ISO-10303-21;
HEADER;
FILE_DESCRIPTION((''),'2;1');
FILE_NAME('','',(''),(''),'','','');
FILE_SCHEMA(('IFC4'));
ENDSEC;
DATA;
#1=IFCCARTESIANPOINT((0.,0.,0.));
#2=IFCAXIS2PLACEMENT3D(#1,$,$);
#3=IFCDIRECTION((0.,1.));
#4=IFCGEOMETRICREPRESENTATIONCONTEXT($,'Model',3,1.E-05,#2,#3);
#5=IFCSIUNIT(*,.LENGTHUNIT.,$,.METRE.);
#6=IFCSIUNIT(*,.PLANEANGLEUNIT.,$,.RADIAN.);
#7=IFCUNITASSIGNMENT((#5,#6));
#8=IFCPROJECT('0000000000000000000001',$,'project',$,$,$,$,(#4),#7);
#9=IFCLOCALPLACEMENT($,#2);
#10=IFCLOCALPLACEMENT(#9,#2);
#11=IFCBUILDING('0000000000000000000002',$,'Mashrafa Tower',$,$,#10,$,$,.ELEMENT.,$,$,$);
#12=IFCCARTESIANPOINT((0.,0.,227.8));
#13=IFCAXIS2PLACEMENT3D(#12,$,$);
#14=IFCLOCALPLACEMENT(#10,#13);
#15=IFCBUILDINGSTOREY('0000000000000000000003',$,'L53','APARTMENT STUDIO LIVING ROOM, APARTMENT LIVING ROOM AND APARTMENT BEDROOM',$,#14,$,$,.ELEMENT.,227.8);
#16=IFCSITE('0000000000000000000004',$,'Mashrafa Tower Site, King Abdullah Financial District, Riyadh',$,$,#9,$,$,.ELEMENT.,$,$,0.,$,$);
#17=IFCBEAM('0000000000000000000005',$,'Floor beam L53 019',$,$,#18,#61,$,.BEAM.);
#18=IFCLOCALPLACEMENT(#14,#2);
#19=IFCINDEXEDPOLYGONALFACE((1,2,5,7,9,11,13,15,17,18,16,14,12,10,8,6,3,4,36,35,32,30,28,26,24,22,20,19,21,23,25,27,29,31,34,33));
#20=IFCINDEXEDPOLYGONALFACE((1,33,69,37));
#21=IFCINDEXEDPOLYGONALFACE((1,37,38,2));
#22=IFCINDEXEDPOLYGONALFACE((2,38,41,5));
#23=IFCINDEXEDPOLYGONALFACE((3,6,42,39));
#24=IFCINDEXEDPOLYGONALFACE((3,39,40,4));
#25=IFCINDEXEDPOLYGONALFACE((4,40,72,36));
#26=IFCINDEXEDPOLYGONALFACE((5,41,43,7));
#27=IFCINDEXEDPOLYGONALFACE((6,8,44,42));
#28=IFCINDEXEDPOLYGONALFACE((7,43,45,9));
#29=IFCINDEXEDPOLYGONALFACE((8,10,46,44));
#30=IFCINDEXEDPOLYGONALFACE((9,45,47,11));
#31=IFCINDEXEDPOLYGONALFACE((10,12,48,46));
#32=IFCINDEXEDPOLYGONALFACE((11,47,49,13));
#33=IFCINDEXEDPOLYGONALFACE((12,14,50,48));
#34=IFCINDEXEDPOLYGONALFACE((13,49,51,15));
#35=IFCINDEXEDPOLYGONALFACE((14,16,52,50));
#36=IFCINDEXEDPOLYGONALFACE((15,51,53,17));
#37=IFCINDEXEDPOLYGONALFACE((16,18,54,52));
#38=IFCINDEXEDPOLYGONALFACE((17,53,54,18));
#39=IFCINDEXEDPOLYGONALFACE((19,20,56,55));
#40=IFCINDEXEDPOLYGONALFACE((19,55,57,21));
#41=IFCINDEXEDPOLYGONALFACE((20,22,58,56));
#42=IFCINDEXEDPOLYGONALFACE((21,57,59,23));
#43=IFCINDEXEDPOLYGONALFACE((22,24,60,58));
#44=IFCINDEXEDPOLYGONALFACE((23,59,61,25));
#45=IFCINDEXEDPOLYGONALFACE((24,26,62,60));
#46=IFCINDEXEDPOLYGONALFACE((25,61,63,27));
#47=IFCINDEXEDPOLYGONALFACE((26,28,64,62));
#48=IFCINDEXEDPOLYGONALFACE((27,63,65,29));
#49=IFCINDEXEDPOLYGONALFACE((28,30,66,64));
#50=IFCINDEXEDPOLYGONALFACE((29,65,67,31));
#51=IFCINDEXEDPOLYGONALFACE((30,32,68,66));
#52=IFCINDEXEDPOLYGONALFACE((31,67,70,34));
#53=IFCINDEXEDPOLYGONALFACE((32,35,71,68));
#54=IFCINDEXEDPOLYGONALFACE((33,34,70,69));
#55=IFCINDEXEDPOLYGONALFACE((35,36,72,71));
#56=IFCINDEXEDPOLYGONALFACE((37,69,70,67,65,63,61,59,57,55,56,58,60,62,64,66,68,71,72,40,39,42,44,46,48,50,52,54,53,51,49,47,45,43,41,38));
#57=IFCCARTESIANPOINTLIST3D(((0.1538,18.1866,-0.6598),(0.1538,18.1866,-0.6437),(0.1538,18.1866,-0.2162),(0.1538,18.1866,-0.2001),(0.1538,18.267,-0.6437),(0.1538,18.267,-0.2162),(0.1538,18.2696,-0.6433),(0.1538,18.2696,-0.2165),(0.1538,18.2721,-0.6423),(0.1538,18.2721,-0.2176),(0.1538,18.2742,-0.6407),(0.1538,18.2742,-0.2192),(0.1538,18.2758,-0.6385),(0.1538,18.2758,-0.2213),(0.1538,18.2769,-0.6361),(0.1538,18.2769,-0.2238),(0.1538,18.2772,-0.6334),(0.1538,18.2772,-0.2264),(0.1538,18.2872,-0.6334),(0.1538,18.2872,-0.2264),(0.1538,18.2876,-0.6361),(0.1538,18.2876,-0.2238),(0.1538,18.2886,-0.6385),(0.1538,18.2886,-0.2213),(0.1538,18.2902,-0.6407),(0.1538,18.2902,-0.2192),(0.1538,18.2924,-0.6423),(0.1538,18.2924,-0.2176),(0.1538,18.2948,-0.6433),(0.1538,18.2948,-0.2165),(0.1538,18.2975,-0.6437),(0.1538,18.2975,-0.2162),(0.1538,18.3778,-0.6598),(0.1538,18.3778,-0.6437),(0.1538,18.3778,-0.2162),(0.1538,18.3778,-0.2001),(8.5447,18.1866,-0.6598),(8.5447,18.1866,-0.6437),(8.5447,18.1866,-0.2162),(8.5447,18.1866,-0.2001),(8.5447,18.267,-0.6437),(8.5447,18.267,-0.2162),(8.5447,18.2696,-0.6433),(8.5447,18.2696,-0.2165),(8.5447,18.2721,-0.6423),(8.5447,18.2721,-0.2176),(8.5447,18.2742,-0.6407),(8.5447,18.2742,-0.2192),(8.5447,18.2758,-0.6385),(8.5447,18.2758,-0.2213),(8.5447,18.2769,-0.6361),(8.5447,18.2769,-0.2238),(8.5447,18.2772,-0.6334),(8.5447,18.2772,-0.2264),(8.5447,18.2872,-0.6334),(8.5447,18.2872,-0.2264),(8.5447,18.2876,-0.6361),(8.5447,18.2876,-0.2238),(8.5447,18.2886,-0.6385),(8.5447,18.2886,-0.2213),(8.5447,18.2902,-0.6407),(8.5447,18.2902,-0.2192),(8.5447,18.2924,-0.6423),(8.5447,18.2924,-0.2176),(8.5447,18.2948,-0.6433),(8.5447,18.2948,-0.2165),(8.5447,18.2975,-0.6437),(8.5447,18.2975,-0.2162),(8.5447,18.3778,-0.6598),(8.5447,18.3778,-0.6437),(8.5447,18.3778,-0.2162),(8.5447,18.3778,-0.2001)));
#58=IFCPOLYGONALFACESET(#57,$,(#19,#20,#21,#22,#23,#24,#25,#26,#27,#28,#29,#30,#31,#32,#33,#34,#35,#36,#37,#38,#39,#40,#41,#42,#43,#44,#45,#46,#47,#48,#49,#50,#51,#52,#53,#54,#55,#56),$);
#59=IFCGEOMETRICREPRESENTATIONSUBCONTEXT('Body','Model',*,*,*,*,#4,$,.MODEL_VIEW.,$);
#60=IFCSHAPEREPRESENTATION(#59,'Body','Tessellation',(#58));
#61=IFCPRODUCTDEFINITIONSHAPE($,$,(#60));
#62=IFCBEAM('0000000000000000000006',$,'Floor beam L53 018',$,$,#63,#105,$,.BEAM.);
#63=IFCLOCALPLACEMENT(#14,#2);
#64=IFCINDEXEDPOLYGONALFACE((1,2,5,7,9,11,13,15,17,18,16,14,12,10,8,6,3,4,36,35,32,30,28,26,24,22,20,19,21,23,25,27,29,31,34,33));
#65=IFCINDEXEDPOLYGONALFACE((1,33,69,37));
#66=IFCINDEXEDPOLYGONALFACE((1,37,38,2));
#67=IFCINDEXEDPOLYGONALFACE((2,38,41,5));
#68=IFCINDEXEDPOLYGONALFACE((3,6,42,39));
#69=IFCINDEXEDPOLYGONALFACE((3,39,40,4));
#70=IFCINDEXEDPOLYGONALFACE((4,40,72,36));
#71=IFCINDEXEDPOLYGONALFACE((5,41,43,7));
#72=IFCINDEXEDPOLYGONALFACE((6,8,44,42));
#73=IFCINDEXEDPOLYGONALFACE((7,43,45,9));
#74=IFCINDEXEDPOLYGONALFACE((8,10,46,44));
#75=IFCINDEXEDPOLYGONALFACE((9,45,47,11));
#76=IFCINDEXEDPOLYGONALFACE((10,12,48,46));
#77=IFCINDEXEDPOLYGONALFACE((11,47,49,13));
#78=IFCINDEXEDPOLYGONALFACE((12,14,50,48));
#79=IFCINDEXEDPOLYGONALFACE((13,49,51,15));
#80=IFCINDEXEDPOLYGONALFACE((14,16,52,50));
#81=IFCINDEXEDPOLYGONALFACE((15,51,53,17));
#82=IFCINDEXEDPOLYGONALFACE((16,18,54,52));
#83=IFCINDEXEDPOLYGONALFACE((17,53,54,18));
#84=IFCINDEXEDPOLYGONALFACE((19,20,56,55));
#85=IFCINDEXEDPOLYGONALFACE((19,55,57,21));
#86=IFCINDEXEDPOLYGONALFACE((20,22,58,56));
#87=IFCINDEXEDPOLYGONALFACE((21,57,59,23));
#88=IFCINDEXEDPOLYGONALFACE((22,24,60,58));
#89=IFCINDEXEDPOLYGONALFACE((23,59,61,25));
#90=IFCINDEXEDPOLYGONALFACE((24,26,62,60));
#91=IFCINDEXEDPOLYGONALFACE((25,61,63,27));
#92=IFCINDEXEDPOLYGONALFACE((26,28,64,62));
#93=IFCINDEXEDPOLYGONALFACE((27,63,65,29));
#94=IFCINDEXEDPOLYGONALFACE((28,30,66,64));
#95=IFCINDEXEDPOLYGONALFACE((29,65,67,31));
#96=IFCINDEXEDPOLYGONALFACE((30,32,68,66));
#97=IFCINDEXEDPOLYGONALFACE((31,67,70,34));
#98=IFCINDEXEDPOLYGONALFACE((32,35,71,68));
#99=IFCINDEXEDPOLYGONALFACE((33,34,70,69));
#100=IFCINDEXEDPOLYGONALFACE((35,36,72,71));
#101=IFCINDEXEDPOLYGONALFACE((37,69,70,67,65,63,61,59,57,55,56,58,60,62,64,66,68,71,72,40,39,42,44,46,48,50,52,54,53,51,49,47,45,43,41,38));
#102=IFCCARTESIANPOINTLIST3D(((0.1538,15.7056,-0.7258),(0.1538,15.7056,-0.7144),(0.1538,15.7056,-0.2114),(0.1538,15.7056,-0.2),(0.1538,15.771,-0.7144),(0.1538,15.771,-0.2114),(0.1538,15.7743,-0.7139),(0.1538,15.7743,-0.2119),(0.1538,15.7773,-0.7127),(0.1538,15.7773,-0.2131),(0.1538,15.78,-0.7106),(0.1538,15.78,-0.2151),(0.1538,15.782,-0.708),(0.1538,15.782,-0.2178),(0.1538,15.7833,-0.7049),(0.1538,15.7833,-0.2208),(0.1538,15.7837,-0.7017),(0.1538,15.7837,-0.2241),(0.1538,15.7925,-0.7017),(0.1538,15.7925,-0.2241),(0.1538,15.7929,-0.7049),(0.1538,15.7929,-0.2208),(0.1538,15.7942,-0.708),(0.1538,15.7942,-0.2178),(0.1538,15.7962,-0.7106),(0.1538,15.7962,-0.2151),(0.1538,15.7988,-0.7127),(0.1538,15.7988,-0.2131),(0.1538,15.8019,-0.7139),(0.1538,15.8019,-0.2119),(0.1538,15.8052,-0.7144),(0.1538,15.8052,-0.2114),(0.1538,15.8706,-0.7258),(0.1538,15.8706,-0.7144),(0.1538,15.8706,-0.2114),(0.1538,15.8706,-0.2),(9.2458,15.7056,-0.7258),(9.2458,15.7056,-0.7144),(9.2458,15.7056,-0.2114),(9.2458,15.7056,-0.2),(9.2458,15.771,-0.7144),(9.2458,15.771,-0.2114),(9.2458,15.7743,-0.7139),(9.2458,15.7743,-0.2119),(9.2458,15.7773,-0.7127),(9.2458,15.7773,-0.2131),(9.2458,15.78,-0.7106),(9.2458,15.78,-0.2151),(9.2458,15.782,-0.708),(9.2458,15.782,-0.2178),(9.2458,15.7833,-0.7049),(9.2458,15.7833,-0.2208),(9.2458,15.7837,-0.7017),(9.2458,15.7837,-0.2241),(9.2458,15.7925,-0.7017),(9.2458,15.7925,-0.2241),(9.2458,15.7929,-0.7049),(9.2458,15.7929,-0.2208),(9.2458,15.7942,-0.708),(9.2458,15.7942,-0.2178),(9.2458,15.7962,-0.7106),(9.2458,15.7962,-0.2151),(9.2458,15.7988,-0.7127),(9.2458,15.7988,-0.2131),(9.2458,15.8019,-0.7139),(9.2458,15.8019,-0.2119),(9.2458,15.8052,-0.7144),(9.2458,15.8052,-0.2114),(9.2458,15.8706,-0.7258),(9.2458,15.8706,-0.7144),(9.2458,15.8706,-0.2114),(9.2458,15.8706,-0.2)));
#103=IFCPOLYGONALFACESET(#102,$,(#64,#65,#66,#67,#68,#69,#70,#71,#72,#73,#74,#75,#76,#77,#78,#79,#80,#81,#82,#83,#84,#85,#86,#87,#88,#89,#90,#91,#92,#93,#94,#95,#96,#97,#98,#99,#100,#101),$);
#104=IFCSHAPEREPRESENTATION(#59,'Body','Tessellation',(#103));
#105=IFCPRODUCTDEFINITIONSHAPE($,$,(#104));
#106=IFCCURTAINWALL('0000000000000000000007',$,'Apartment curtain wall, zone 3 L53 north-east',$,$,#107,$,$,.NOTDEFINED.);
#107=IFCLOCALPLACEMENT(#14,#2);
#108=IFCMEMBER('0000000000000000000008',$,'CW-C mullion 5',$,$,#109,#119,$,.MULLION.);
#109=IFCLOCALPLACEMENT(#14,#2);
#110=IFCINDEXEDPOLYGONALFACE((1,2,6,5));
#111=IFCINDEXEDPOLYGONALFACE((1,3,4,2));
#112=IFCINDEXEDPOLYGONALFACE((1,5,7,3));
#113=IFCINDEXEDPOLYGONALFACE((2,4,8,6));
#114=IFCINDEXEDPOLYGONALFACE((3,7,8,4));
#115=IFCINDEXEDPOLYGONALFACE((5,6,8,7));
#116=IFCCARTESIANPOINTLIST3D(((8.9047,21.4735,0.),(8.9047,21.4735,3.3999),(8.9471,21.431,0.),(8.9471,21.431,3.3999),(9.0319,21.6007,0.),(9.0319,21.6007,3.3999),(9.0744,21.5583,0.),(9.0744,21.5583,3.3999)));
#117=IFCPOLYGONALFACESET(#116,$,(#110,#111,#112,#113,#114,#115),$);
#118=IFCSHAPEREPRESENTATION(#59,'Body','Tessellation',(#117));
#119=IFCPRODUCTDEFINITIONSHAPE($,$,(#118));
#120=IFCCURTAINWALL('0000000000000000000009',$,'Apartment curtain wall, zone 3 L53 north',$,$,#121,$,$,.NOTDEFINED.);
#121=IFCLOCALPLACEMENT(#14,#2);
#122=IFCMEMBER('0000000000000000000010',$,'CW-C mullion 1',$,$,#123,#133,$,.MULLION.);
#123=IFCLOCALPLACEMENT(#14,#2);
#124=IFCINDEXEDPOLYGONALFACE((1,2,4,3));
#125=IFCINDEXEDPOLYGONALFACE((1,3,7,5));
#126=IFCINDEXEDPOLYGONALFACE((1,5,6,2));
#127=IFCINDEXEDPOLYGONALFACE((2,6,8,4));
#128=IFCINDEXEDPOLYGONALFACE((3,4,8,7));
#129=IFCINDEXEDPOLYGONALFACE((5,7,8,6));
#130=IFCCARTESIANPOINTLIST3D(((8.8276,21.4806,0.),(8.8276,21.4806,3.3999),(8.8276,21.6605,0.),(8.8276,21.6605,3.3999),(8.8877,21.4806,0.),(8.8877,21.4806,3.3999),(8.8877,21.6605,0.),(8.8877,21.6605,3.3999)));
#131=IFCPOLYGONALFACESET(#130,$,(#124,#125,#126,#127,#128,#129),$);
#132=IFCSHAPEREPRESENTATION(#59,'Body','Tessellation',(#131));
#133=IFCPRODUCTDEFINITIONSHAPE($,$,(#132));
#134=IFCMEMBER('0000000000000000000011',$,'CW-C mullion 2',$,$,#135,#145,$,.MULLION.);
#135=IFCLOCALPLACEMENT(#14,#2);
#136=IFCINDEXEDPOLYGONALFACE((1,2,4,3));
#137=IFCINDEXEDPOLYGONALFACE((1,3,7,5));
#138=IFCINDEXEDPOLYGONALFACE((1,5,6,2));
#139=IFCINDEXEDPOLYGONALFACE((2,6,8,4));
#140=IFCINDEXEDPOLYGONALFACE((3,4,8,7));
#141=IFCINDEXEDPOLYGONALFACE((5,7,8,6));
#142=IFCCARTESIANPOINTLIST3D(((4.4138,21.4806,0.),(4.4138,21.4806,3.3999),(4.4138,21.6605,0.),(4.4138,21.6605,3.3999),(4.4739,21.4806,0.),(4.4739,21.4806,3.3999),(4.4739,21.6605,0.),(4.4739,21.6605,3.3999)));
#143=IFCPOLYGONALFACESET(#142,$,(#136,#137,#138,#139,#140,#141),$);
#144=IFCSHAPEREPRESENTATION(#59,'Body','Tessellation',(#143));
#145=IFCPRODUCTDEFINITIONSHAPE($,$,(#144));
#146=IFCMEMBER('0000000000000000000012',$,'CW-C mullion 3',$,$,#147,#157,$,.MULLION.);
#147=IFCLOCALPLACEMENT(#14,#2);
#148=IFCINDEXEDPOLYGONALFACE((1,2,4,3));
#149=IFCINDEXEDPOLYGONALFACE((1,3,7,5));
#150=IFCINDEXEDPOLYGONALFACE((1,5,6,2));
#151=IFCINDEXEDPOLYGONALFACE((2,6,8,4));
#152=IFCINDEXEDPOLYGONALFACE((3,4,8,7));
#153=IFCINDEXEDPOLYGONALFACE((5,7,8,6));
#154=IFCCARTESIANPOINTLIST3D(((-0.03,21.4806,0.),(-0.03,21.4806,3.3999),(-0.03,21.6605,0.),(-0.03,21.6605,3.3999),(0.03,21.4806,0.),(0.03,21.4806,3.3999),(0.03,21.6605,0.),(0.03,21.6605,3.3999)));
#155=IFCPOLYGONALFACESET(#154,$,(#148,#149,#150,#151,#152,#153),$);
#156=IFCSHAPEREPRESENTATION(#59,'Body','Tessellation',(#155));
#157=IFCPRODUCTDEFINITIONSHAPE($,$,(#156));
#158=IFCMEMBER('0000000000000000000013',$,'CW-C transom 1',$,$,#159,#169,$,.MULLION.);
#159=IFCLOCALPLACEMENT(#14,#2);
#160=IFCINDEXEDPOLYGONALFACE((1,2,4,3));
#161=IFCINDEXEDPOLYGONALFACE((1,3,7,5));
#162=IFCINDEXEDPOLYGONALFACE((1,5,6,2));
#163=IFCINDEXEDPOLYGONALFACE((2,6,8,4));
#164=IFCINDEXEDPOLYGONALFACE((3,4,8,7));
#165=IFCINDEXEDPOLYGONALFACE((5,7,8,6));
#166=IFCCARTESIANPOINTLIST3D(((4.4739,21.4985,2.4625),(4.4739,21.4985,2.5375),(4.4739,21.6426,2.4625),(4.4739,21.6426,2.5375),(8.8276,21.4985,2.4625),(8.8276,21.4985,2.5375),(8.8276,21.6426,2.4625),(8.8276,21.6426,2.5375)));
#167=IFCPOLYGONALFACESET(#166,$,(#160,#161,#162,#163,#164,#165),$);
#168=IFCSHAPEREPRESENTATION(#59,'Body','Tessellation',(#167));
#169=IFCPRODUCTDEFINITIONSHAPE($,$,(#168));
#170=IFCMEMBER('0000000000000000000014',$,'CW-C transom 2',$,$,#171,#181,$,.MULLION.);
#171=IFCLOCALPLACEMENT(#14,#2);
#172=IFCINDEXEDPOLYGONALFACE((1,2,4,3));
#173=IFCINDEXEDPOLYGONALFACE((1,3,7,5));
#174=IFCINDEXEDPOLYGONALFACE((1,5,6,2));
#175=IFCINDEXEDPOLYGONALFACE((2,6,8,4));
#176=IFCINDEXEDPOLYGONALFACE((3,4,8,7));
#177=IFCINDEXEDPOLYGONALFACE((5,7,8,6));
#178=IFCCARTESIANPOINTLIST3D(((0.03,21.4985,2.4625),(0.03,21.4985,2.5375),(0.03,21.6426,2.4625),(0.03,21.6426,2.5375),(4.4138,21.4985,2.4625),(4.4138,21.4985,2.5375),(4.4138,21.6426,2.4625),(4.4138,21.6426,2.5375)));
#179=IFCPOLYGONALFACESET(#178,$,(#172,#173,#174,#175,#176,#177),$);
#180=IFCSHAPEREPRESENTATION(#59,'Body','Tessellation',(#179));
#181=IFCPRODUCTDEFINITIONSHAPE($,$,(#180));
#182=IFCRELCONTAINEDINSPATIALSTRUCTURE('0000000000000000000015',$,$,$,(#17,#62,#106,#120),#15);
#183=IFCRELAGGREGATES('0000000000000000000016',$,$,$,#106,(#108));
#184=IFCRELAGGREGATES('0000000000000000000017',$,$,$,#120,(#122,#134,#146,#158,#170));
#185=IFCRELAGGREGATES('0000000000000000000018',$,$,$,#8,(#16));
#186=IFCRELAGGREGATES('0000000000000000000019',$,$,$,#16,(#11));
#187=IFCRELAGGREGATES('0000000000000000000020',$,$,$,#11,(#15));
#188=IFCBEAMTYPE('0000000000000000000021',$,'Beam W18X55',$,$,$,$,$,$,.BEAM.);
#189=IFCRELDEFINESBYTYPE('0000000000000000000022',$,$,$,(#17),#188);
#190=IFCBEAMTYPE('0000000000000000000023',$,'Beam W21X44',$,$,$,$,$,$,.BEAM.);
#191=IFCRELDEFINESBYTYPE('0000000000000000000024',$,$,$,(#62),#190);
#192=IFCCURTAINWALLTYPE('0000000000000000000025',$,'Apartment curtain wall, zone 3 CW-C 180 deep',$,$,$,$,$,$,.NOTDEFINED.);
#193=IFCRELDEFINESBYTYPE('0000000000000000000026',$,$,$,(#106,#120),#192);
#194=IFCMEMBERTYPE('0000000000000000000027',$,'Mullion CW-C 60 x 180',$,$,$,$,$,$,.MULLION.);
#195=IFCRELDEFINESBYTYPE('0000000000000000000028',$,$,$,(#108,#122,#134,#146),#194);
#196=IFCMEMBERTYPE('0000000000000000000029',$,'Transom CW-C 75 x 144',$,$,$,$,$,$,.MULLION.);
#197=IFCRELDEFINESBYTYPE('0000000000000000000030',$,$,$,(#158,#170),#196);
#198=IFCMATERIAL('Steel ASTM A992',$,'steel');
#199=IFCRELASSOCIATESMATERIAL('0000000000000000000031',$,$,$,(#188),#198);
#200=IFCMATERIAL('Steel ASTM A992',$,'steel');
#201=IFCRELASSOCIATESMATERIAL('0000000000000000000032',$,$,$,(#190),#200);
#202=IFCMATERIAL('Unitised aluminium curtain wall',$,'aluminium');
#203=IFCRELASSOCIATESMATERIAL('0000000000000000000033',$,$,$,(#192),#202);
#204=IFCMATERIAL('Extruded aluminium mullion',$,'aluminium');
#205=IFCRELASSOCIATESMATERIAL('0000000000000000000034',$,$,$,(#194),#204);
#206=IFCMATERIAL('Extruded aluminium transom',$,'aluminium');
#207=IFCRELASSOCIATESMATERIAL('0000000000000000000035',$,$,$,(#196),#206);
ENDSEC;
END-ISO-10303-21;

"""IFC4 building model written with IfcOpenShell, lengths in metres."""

from ifc_helpers import new_model, si_unit, direction, frame, origin, origin_2d, place, context, subcontext, project, spatial, rectangle, i_section, extrude, source, transform, mapped, material, material_profile, profile_set, type_object, type_shapes, element, aggregate, save


model = new_model("IFC4")

# Units and contexts
model_context = context("Model", 3, precision=1e-05, world=origin(), true_north=direction((0.0, 1.0)))
body_context = subcontext(model_context, "Body", "Model", "MODEL_VIEW")
ifc_project = project(units=[si_unit("LENGTHUNIT", "METRE"), si_unit("PLANEANGLEUNIT", "RADIAN")], contexts=[model_context])

# Site, building, storey
site_placement = place(None, origin())
site = spatial("IfcSite", under=ifc_project, at=site_placement, Name="Mashrafa Tower Site, King Abdullah Financial District, Riyadh", CompositionType="ELEMENT", RefElevation=0.0)
building_placement = place(site_placement, origin())
building = spatial("IfcBuilding", under=site, at=building_placement, Name="Mashrafa Tower", CompositionType="ELEMENT")
storey_placement = place(building_placement, frame((0.0, 0.0, 227.8)))
storey = spatial("IfcBuildingStorey", under=building, at=storey_placement, Name="L53", Description="APARTMENT STUDIO LIVING ROOM, APARTMENT LIVING ROOM AND APARTMENT BEDROOM", CompositionType="ELEMENT", Elevation=227.8)

# Beams
ifc_material_1 = material(Name="Steel ASTM A992", Category="steel")
ifc_material_profile_1 = material_profile(ifc_material_1, i_section(OverallWidth=0.1912, OverallDepth=0.4597, WebThickness=0.01, FlangeThickness=0.0161, FilletRadius=0.0103, at=origin_2d()), Name="W18X55")
ifc_profile_set_1 = profile_set([ifc_material_profile_1], Name="Steel ASTM A992")
beam_type_1 = type_object("IfcBeamType", Name="Beam W18X55", PredefinedType="BEAM", material=ifc_profile_set_1)
beam_1_placement = place(storey_placement, frame((0.1538, 18.2822, -0.4299), z_axis=(1.0, 0.0, 0.0), x_axis=(0.0, 1.0, 0.0)))
element("IfcBeam", 1, at=beam_1_placement, inside=storey, type_object=beam_type_1, Name="Floor beam L53 019", PredefinedType="BEAM", context=body_context, shape_type="SweptSolid", body=[
    extrude(i_section(OverallWidth=0.1912, OverallDepth=0.4597, WebThickness=0.01, FlangeThickness=0.0161, FilletRadius=0.0103, at=origin_2d()), origin(), (0.0, 0.0, 1.0), 8.3909),
])
ifc_material_2 = material(Name="Steel ASTM A992", Category="steel")
ifc_material_profile_2 = material_profile(ifc_material_2, i_section(OverallWidth=0.165, OverallDepth=0.5259, WebThickness=0.0088, FlangeThickness=0.0115, FilletRadius=0.0127, at=origin_2d()), Name="W21X44")
ifc_profile_set_2 = profile_set([ifc_material_profile_2], Name="Steel ASTM A992")
beam_type_2 = type_object("IfcBeamType", Name="Beam W21X44", PredefinedType="BEAM", material=ifc_profile_set_2)
beam_2_placement = place(storey_placement, frame((0.1538, 15.7881, -0.4629), z_axis=(1.0, 0.0, 0.0), x_axis=(0.0, 1.0, 0.0)))
element("IfcBeam", 2, at=beam_2_placement, inside=storey, type_object=beam_type_2, Name="Floor beam L53 018", PredefinedType="BEAM", context=body_context, shape_type="SweptSolid", body=[
    extrude(i_section(OverallWidth=0.165, OverallDepth=0.5259, WebThickness=0.0088, FlangeThickness=0.0115, FilletRadius=0.0127, at=origin_2d()), origin(), (0.0, 0.0, 1.0), 9.092),
])

# Curtain wall, member
ifc_material_3 = material(Name="Unitised aluminium curtain wall", Category="aluminium")
curtain_wall_type = type_object("IfcCurtainWallType", Name="Apartment curtain wall, zone 3 CW-C 180 deep", PredefinedType="NOTDEFINED", material=ifc_material_3)
curtain_wall_1_placement = place(storey_placement, origin())
curtain_wall_1 = element("IfcCurtainWall", 3, at=curtain_wall_1_placement, inside=storey, type_object=curtain_wall_type, Name="Apartment curtain wall, zone 3 L53 north-east", PredefinedType="NOTDEFINED")
ifc_material_4 = material(Name="Extruded aluminium mullion", Category="aluminium")
ifc_material_profile_3 = material_profile(ifc_material_4, rectangle(XDim=0.1799, YDim=0.0601, at=origin_2d()), Name="Mullion 60x180")
ifc_profile_set_3 = profile_set([ifc_material_profile_3], Name="Extruded aluminium mullion")
member_type_1 = type_object("IfcMemberType", Name="Mullion CW-C 60 x 180", PredefinedType="MULLION", material=ifc_profile_set_3)
shared_shape_1 = source(origin(), body_context, "Body", "SweptSolid", [
    extrude(rectangle(XDim=0.1799, YDim=0.0601, at=origin_2d()), origin(), (0.0, 0.0, 1.0), 3.3999),
])
type_shapes(member_type_1, [shared_shape_1])
member_1_placement = place(storey_placement, frame((8.9895, 21.5159, 0.0), z_axis=(0.0, 0.0, 1.0), x_axis=(-0.707107, -0.707107, 0.0)))
member_1 = element("IfcMember", 4, at=member_1_placement, type_object=member_type_1, Name="CW-C mullion 5", PredefinedType="MULLION", context=body_context, shape_type="MappedRepresentation", body=[
    mapped(shared_shape_1, transform((0.0, 0.0, 0.0))),
])

# Curtain wall, members
curtain_wall_2_placement = place(storey_placement, origin())
curtain_wall_2 = element("IfcCurtainWall", 5, at=curtain_wall_2_placement, inside=storey, type_object=curtain_wall_type, Name="Apartment curtain wall, zone 3 L53 north", PredefinedType="NOTDEFINED")
member_2_placement = place(storey_placement, frame((8.8577, 21.5706, 0.0), z_axis=(0.0, 0.0, 1.0), x_axis=(0.0, -1.0, 0.0)))
member_2 = element("IfcMember", 6, at=member_2_placement, type_object=member_type_1, Name="CW-C mullion 1", PredefinedType="MULLION", context=body_context, shape_type="MappedRepresentation", body=[
    mapped(shared_shape_1, transform((0.0, 0.0, 0.0))),
])
member_3_placement = place(storey_placement, frame((4.4438, 21.5706, 0.0), z_axis=(0.0, 0.0, 1.0), x_axis=(0.0, -1.0, 0.0)))
member_3 = element("IfcMember", 7, at=member_3_placement, type_object=member_type_1, Name="CW-C mullion 2", PredefinedType="MULLION", context=body_context, shape_type="MappedRepresentation", body=[
    mapped(shared_shape_1, transform((0.0, 0.0, 0.0))),
])
member_4_placement = place(storey_placement, frame((0.0, 21.5706, 0.0), z_axis=(0.0, 0.0, 1.0), x_axis=(0.0, -1.0, 0.0)))
member_4 = element("IfcMember", 8, at=member_4_placement, type_object=member_type_1, Name="CW-C mullion 3", PredefinedType="MULLION", context=body_context, shape_type="MappedRepresentation", body=[
    mapped(shared_shape_1, transform((0.0, 0.0, 0.0))),
])
ifc_material_5 = material(Name="Extruded aluminium transom", Category="aluminium")
ifc_material_profile_4 = material_profile(ifc_material_5, rectangle(XDim=0.144, YDim=0.075, at=origin_2d()), Name="Transom 75x144")
ifc_profile_set_4 = profile_set([ifc_material_profile_4], Name="Extruded aluminium transom")
member_type_2 = type_object("IfcMemberType", Name="Transom CW-C 75 x 144", PredefinedType="MULLION", material=ifc_profile_set_4)
shared_shape_2 = source(origin(), body_context, "Body", "SweptSolid", [
    extrude(rectangle(XDim=0.144, YDim=0.075, at=origin_2d()), origin(), (0.0, 0.0, 1.0), 4.3538),
])
member_5_placement = place(storey_placement, frame((8.8276, 21.5706, 2.5), z_axis=(-1.0, 0.0, 0.0), x_axis=(0.0, -1.0, 0.0)))
member_5 = element("IfcMember", 9, at=member_5_placement, type_object=member_type_2, Name="CW-C transom 1", PredefinedType="MULLION", context=body_context, shape_type="MappedRepresentation", body=[
    mapped(shared_shape_2, transform((0.0, 0.0, 0.0))),
])
shared_shape_3 = source(origin(), body_context, "Body", "SweptSolid", [
    extrude(rectangle(XDim=0.144, YDim=0.075, at=origin_2d()), origin(), (0.0, 0.0, 1.0), 4.3838),
])
type_shapes(member_type_2, [shared_shape_2, shared_shape_3])
member_6_placement = place(storey_placement, frame((4.4138, 21.5706, 2.5), z_axis=(-1.0, 0.0, 0.0), x_axis=(0.0, -1.0, 0.0)))
member_6 = element("IfcMember", 10, at=member_6_placement, type_object=member_type_2, Name="CW-C transom 2", PredefinedType="MULLION", context=body_context, shape_type="MappedRepresentation", body=[
    mapped(shared_shape_3, transform((0.0, 0.0, 0.0))),
])

aggregate(curtain_wall_1, [member_1])
aggregate(curtain_wall_2, [member_2, member_3, member_4, member_5, member_6])

save(model, "model.ifc")
